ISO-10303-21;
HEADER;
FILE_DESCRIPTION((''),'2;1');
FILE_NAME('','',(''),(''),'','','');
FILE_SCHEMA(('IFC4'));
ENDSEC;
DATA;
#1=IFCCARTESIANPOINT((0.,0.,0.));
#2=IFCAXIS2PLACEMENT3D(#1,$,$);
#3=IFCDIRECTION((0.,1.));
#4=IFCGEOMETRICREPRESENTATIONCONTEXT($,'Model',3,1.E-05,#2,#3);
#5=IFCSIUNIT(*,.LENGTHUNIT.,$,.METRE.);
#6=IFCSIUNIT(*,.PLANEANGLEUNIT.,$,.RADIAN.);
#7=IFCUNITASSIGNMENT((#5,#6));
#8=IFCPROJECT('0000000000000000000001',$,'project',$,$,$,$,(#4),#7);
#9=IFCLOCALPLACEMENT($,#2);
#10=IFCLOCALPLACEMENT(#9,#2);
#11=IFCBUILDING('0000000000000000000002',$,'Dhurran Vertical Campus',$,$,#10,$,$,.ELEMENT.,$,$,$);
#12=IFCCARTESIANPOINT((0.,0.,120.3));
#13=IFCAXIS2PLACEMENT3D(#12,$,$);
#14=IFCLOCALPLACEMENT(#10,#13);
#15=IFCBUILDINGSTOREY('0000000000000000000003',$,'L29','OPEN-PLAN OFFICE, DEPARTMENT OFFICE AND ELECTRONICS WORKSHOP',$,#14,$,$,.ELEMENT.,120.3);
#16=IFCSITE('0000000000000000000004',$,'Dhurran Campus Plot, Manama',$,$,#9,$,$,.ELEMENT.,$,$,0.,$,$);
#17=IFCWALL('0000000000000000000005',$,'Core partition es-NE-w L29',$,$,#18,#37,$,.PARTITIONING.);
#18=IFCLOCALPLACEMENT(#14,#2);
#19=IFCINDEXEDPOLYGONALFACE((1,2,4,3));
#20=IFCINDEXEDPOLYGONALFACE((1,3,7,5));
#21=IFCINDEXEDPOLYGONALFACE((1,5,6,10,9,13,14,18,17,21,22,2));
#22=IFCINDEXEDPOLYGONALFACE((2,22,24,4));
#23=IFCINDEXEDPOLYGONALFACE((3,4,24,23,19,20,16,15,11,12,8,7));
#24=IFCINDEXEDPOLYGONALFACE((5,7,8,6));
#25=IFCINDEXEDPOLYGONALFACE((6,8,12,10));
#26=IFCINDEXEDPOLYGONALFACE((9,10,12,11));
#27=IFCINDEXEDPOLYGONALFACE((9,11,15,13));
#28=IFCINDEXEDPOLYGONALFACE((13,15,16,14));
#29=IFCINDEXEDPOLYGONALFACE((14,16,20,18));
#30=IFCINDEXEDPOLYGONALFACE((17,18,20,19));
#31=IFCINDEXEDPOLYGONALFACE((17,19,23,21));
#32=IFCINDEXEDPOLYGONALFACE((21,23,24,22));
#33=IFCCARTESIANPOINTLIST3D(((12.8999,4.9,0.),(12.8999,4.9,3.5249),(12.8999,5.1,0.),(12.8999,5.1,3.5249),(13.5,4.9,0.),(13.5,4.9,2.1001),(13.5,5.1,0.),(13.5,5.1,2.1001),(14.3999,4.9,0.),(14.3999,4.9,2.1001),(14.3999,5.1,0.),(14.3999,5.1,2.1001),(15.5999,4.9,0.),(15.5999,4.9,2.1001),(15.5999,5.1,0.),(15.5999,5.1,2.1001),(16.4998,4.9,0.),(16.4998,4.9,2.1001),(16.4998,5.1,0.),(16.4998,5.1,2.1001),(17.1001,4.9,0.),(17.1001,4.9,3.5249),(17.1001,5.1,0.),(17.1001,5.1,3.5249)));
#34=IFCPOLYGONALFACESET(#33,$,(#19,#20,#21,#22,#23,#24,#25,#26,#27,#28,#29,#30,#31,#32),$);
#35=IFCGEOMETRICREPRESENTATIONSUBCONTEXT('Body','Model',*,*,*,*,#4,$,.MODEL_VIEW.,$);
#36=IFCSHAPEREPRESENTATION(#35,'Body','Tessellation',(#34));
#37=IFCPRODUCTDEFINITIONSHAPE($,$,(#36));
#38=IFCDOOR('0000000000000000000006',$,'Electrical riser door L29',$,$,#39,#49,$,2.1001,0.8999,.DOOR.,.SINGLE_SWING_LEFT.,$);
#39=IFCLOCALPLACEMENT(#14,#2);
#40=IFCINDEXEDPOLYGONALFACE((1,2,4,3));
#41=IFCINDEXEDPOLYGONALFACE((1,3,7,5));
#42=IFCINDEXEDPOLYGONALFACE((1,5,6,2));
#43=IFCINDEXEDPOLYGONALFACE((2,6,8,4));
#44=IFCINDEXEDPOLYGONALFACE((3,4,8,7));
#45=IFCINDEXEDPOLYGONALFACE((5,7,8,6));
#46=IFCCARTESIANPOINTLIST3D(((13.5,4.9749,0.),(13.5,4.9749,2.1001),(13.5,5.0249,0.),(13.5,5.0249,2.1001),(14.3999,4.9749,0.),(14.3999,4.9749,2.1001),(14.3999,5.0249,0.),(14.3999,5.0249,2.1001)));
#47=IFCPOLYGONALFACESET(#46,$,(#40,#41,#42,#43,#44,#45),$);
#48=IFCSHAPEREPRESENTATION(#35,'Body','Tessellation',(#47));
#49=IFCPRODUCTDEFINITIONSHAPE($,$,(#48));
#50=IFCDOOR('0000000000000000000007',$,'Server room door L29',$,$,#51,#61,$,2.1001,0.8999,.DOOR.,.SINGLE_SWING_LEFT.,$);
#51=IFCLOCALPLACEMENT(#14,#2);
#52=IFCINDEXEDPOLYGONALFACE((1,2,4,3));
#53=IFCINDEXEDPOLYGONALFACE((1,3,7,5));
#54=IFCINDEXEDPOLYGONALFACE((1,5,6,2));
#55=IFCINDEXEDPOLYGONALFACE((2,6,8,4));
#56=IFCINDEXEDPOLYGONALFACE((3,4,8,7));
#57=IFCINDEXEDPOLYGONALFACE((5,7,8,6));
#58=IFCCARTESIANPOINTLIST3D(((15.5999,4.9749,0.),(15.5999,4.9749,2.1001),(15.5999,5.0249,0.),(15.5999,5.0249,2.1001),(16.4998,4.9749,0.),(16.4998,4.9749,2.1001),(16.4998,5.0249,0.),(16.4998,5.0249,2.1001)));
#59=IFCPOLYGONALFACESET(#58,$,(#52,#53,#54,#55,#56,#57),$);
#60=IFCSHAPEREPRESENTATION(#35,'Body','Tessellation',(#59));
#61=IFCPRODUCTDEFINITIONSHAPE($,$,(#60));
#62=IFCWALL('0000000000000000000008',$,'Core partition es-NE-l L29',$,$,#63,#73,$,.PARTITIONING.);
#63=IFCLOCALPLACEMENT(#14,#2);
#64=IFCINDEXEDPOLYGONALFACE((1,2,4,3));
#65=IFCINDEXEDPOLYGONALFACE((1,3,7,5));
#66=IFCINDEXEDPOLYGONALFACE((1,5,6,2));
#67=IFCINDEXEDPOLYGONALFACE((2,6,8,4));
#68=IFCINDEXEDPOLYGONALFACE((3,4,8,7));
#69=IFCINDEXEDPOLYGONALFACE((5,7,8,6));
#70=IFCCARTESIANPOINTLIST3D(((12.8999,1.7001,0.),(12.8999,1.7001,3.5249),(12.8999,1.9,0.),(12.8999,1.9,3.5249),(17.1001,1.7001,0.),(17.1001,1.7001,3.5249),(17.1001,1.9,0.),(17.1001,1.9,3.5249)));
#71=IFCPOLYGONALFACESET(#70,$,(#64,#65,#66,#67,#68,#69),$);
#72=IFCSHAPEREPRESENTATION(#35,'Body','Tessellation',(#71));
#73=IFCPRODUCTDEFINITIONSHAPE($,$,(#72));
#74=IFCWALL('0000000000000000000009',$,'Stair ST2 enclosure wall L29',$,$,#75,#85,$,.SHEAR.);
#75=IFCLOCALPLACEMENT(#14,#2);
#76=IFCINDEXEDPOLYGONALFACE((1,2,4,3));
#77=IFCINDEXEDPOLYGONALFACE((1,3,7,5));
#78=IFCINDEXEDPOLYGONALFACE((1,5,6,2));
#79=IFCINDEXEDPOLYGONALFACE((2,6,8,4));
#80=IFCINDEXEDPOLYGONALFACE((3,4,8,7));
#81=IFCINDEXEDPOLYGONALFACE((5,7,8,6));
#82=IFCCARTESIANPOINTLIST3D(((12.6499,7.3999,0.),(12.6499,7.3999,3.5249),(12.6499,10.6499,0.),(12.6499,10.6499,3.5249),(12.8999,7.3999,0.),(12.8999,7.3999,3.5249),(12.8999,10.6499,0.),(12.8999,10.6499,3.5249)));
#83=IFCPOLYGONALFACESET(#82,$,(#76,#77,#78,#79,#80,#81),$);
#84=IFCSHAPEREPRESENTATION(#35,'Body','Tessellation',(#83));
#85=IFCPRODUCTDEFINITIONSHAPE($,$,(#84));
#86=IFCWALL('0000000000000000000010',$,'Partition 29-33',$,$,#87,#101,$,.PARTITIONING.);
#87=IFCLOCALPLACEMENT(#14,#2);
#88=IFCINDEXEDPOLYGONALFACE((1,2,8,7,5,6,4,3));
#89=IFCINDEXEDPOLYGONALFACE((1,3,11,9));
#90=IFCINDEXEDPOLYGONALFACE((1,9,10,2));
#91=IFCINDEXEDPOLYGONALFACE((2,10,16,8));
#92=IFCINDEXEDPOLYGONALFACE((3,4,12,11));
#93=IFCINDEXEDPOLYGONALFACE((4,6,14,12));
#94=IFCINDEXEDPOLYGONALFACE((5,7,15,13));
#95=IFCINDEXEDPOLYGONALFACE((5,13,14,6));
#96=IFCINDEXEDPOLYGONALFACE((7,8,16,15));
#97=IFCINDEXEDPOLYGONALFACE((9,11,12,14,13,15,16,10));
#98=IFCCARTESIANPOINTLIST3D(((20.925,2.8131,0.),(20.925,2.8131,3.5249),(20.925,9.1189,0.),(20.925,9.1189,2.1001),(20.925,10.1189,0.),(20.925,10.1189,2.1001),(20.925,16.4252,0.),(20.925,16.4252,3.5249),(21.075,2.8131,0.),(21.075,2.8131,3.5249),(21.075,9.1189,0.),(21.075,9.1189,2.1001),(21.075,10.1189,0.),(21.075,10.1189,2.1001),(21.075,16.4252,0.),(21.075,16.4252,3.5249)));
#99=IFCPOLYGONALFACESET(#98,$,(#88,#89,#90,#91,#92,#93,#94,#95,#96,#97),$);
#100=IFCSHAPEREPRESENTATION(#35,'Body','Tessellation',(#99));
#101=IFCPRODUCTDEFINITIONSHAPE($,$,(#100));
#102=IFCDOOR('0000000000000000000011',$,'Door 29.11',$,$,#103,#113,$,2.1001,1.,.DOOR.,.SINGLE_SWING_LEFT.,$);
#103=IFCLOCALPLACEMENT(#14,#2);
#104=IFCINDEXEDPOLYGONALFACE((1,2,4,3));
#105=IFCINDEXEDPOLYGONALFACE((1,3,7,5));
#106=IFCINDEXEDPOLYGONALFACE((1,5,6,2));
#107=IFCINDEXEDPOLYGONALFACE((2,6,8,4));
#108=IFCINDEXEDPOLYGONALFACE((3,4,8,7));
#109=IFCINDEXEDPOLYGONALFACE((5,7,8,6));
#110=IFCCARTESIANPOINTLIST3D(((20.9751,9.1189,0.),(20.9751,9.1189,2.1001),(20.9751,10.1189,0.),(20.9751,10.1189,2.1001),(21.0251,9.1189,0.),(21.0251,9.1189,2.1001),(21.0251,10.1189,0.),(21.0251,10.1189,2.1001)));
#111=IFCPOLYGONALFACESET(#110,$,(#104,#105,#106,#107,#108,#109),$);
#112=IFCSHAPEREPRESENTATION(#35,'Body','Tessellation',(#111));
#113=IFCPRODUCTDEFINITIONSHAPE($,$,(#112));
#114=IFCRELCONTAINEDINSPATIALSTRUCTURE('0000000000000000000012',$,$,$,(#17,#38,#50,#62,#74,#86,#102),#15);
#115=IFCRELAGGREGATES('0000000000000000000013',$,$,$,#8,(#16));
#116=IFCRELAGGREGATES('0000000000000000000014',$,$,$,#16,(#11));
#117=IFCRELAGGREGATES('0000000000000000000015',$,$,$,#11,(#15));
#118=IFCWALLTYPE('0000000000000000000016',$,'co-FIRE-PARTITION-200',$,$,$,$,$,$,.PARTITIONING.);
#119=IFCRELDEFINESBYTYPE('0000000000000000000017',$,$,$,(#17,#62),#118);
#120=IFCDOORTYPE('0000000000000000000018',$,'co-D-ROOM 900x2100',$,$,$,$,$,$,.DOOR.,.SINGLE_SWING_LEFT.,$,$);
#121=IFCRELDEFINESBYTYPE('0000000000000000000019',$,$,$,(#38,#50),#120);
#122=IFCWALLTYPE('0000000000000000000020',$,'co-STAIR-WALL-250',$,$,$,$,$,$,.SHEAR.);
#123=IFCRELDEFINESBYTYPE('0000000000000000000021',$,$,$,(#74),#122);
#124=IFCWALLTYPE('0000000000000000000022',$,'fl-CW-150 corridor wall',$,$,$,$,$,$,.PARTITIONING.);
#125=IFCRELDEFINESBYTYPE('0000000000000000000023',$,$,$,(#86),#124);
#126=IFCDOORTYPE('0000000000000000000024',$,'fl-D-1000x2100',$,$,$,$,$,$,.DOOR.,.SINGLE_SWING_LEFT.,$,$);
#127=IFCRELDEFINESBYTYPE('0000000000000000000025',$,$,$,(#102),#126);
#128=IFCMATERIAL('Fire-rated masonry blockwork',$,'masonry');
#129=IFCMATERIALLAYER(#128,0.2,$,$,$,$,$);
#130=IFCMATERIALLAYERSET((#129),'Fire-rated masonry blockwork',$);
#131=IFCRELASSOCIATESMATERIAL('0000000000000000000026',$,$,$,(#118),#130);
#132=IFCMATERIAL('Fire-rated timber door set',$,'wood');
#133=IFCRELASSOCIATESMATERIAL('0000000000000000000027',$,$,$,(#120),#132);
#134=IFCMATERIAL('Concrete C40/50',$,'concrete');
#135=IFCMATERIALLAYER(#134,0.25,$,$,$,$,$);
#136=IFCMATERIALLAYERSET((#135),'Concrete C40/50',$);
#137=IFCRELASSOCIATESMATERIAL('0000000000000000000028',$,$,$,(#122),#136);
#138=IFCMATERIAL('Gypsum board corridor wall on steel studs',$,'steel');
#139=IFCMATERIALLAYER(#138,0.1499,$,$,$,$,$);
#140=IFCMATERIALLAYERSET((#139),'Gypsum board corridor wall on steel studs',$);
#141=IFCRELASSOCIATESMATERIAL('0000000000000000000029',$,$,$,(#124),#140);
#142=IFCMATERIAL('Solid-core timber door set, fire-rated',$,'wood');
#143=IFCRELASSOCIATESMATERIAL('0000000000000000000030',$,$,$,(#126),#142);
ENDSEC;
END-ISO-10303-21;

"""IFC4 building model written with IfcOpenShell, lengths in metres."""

from ifc_helpers import new_model, si_unit, direction, frame, frame_2d, origin, place, context, subcontext, project, spatial, rectangle, extrude, material, layer, layer_set, type_object, element, fill, save


model = new_model("IFC4")

# Units and contexts
model_context = context("Model", 3, precision=1e-05, world=origin(), true_north=direction((0.0, 1.0)))
body_context = subcontext(model_context, "Body", "Model", "MODEL_VIEW")
ifc_project = project(units=[si_unit("LENGTHUNIT", "METRE"), si_unit("PLANEANGLEUNIT", "RADIAN")], contexts=[model_context])

# Site, building, storey
site_placement = place(None, origin())
site = spatial("IfcSite", under=ifc_project, at=site_placement, Name="Dhurran Campus Plot, Manama", CompositionType="ELEMENT", RefElevation=0.0)
building_placement = place(site_placement, origin())
building = spatial("IfcBuilding", under=site, at=building_placement, Name="Dhurran Vertical Campus", CompositionType="ELEMENT")
storey_placement = place(building_placement, frame((0.0, 0.0, 120.3)))
storey = spatial("IfcBuildingStorey", under=building, at=storey_placement, Name="L29", Description="OPEN-PLAN OFFICE, DEPARTMENT OFFICE AND ELECTRONICS WORKSHOP", CompositionType="ELEMENT", Elevation=120.3)

# Shared definitions
ifc_material_1 = material(Name="Fire-rated masonry blockwork", Category="masonry")
ifc_layer_1 = layer(ifc_material_1, 0.2)
ifc_layer_set_1 = layer_set([ifc_layer_1], Name="Fire-rated masonry blockwork")
wall_type_1 = type_object("IfcWallType", Name="co-FIRE-PARTITION-200", PredefinedType="PARTITIONING", material=ifc_layer_set_1)

# Shared definitions
ifc_material_2 = material(Name="Fire-rated timber door set", Category="wood")
door_type_1 = type_object("IfcDoorType", Name="co-D-ROOM 900x2100", OperationType="SINGLE_SWING_LEFT", PredefinedType="DOOR", material=ifc_material_2)

# Wall, openings, doors
wall_1_placement = place(storey_placement, frame((12.8999, 5.0, 0.0), z_axis=(0.0, 0.0, 1.0), x_axis=(1.0, 0.0, 0.0)))
wall_1 = element("IfcWall", 1, at=wall_1_placement, inside=storey, type_object=wall_type_1, Name="Core partition es-NE-w L29", PredefinedType="PARTITIONING", context=body_context, shape_type="SweptSolid", body=[
    extrude(rectangle(XDim=4.2002, YDim=0.2, at=frame_2d((2.1001, 0.0))), origin(), (0.0, 0.0, 1.0), 3.5249),
])
opening_1_placement = place(wall_1_placement, frame((0.6001, 0.0, 0.0)))
opening_1 = element("IfcOpeningElement", 2, at=opening_1_placement, cuts=wall_1, PredefinedType="OPENING", context=body_context, shape_type="SweptSolid", body=[
    extrude(rectangle(XDim=0.8999, YDim=2.1001, at=frame_2d((0.45, 1.05))), frame((0.0, 0.1099, 0.0), z_axis=(0.0, -1.0, 0.0), x_axis=(1.0, 0.0, 0.0)), (0.0, 0.0, 1.0), 0.22),
])
opening_2_placement = place(wall_1_placement, frame((2.7, 0.0, 0.0)))
opening_2 = element("IfcOpeningElement", 3, at=opening_2_placement, cuts=wall_1, PredefinedType="OPENING", context=body_context, shape_type="SweptSolid", body=[
    extrude(rectangle(XDim=0.8999, YDim=2.1001, at=frame_2d((0.45, 1.05))), frame((0.0, 0.1099, 0.0), z_axis=(0.0, -1.0, 0.0), x_axis=(1.0, 0.0, 0.0)), (0.0, 0.0, 1.0), 0.22),
])
door_1_placement = place(opening_1_placement, origin())
door_1 = element("IfcDoor", 4, at=door_1_placement, inside=storey, type_object=door_type_1, Name="Electrical riser door L29", OperationType="SINGLE_SWING_LEFT", OverallHeight=2.1001, OverallWidth=0.8999, PredefinedType="DOOR", context=body_context, shape_type="SweptSolid", body=[
    extrude(rectangle(XDim=0.8999, YDim=2.1001, at=frame_2d((0.45, 1.05))), frame((0.0, 0.0249, 0.0), z_axis=(0.0, -1.0, 0.0), x_axis=(1.0, 0.0, 0.0)), (0.0, 0.0, 1.0), 0.05),
])
fill(opening_1, door_1)
door_2_placement = place(opening_2_placement, origin())
door_2 = element("IfcDoor", 5, at=door_2_placement, inside=storey, type_object=door_type_1, Name="Server room door L29", OperationType="SINGLE_SWING_LEFT", OverallHeight=2.1001, OverallWidth=0.8999, PredefinedType="DOOR", context=body_context, shape_type="SweptSolid", body=[
    extrude(rectangle(XDim=0.8999, YDim=2.1001, at=frame_2d((0.45, 1.05))), frame((0.0, 0.0249, 0.0), z_axis=(0.0, -1.0, 0.0), x_axis=(1.0, 0.0, 0.0)), (0.0, 0.0, 1.0), 0.05),
])
fill(opening_2, door_2)

# Walls
wall_2_placement = place(storey_placement, frame((12.8999, 1.8, 0.0), z_axis=(0.0, 0.0, 1.0), x_axis=(1.0, 0.0, 0.0)))
element("IfcWall", 6, at=wall_2_placement, inside=storey, type_object=wall_type_1, Name="Core partition es-NE-l L29", PredefinedType="PARTITIONING", context=body_context, shape_type="SweptSolid", body=[
    extrude(rectangle(XDim=4.2002, YDim=0.2, at=frame_2d((2.1001, 0.0))), origin(), (0.0, 0.0, 1.0), 3.5249),
])
ifc_material_3 = material(Name="Concrete C40/50", Category="concrete")
ifc_layer_2 = layer(ifc_material_3, 0.25)
ifc_layer_set_2 = layer_set([ifc_layer_2], Name="Concrete C40/50")
wall_type_2 = type_object("IfcWallType", Name="co-STAIR-WALL-250", PredefinedType="SHEAR", material=ifc_layer_set_2)
wall_3_placement = place(storey_placement, frame((12.7749, 7.3999, 0.0), z_axis=(0.0, 0.0, 1.0), x_axis=(0.0, 1.0, 0.0)))
element("IfcWall", 7, at=wall_3_placement, inside=storey, type_object=wall_type_2, Name="Stair ST2 enclosure wall L29", PredefinedType="SHEAR", context=body_context, shape_type="SweptSolid", body=[
    extrude(rectangle(XDim=3.25, YDim=0.25, at=frame_2d((1.625, 0.0))), origin(), (0.0, 0.0, 1.0), 3.5249),
])

# Wall, opening, door
ifc_material_4 = material(Name="Gypsum board corridor wall on steel studs", Category="steel")
ifc_layer_3 = layer(ifc_material_4, 0.1499)
ifc_layer_set_3 = layer_set([ifc_layer_3], Name="Gypsum board corridor wall on steel studs")
wall_type_3 = type_object("IfcWallType", Name="fl-CW-150 corridor wall", PredefinedType="PARTITIONING", material=ifc_layer_set_3)
wall_4_placement = place(storey_placement, frame((21.0, 2.813, 0.0), z_axis=(0.0, 0.0, 1.0), x_axis=(0.0, 1.0, 0.0)))
wall_4 = element("IfcWall", 8, at=wall_4_placement, inside=storey, type_object=wall_type_3, Name="Partition 29-33", PredefinedType="PARTITIONING", context=body_context, shape_type="SweptSolid", body=[
    extrude(rectangle(XDim=13.6121, YDim=0.1499, at=frame_2d((6.8062, 0.0))), origin(), (0.0, 0.0, 1.0), 3.5249),
])
opening_3_placement = place(wall_4_placement, frame((6.3059, 0.0, 0.0)))
opening_3 = element("IfcOpeningElement", 9, at=opening_3_placement, cuts=wall_4, PredefinedType="OPENING", context=body_context, shape_type="SweptSolid", body=[
    extrude(rectangle(XDim=1.0, YDim=2.1001, at=frame_2d((0.5, 1.05))), frame((0.0, 0.085, 0.0), z_axis=(0.0, -1.0, 0.0), x_axis=(1.0, 0.0, 0.0)), (0.0, 0.0, 1.0), 0.1699),
])
ifc_material_5 = material(Name="Solid-core timber door set, fire-rated", Category="wood")
door_type_2 = type_object("IfcDoorType", Name="fl-D-1000x2100", OperationType="SINGLE_SWING_LEFT", PredefinedType="DOOR", material=ifc_material_5)
door_3_placement = place(opening_3_placement, origin())
door_3 = element("IfcDoor", 10, at=door_3_placement, inside=storey, type_object=door_type_2, Name="Door 29.11", OperationType="SINGLE_SWING_LEFT", OverallHeight=2.1001, OverallWidth=1.0, PredefinedType="DOOR", context=body_context, shape_type="SweptSolid", body=[
    extrude(rectangle(XDim=1.0, YDim=2.1001, at=frame_2d((0.5, 1.05))), frame((0.0, 0.0249, 0.0), z_axis=(0.0, -1.0, 0.0), x_axis=(1.0, 0.0, 0.0)), (0.0, 0.0, 1.0), 0.05),
])
fill(opening_3, door_3)

save(model, "model.ifc")
